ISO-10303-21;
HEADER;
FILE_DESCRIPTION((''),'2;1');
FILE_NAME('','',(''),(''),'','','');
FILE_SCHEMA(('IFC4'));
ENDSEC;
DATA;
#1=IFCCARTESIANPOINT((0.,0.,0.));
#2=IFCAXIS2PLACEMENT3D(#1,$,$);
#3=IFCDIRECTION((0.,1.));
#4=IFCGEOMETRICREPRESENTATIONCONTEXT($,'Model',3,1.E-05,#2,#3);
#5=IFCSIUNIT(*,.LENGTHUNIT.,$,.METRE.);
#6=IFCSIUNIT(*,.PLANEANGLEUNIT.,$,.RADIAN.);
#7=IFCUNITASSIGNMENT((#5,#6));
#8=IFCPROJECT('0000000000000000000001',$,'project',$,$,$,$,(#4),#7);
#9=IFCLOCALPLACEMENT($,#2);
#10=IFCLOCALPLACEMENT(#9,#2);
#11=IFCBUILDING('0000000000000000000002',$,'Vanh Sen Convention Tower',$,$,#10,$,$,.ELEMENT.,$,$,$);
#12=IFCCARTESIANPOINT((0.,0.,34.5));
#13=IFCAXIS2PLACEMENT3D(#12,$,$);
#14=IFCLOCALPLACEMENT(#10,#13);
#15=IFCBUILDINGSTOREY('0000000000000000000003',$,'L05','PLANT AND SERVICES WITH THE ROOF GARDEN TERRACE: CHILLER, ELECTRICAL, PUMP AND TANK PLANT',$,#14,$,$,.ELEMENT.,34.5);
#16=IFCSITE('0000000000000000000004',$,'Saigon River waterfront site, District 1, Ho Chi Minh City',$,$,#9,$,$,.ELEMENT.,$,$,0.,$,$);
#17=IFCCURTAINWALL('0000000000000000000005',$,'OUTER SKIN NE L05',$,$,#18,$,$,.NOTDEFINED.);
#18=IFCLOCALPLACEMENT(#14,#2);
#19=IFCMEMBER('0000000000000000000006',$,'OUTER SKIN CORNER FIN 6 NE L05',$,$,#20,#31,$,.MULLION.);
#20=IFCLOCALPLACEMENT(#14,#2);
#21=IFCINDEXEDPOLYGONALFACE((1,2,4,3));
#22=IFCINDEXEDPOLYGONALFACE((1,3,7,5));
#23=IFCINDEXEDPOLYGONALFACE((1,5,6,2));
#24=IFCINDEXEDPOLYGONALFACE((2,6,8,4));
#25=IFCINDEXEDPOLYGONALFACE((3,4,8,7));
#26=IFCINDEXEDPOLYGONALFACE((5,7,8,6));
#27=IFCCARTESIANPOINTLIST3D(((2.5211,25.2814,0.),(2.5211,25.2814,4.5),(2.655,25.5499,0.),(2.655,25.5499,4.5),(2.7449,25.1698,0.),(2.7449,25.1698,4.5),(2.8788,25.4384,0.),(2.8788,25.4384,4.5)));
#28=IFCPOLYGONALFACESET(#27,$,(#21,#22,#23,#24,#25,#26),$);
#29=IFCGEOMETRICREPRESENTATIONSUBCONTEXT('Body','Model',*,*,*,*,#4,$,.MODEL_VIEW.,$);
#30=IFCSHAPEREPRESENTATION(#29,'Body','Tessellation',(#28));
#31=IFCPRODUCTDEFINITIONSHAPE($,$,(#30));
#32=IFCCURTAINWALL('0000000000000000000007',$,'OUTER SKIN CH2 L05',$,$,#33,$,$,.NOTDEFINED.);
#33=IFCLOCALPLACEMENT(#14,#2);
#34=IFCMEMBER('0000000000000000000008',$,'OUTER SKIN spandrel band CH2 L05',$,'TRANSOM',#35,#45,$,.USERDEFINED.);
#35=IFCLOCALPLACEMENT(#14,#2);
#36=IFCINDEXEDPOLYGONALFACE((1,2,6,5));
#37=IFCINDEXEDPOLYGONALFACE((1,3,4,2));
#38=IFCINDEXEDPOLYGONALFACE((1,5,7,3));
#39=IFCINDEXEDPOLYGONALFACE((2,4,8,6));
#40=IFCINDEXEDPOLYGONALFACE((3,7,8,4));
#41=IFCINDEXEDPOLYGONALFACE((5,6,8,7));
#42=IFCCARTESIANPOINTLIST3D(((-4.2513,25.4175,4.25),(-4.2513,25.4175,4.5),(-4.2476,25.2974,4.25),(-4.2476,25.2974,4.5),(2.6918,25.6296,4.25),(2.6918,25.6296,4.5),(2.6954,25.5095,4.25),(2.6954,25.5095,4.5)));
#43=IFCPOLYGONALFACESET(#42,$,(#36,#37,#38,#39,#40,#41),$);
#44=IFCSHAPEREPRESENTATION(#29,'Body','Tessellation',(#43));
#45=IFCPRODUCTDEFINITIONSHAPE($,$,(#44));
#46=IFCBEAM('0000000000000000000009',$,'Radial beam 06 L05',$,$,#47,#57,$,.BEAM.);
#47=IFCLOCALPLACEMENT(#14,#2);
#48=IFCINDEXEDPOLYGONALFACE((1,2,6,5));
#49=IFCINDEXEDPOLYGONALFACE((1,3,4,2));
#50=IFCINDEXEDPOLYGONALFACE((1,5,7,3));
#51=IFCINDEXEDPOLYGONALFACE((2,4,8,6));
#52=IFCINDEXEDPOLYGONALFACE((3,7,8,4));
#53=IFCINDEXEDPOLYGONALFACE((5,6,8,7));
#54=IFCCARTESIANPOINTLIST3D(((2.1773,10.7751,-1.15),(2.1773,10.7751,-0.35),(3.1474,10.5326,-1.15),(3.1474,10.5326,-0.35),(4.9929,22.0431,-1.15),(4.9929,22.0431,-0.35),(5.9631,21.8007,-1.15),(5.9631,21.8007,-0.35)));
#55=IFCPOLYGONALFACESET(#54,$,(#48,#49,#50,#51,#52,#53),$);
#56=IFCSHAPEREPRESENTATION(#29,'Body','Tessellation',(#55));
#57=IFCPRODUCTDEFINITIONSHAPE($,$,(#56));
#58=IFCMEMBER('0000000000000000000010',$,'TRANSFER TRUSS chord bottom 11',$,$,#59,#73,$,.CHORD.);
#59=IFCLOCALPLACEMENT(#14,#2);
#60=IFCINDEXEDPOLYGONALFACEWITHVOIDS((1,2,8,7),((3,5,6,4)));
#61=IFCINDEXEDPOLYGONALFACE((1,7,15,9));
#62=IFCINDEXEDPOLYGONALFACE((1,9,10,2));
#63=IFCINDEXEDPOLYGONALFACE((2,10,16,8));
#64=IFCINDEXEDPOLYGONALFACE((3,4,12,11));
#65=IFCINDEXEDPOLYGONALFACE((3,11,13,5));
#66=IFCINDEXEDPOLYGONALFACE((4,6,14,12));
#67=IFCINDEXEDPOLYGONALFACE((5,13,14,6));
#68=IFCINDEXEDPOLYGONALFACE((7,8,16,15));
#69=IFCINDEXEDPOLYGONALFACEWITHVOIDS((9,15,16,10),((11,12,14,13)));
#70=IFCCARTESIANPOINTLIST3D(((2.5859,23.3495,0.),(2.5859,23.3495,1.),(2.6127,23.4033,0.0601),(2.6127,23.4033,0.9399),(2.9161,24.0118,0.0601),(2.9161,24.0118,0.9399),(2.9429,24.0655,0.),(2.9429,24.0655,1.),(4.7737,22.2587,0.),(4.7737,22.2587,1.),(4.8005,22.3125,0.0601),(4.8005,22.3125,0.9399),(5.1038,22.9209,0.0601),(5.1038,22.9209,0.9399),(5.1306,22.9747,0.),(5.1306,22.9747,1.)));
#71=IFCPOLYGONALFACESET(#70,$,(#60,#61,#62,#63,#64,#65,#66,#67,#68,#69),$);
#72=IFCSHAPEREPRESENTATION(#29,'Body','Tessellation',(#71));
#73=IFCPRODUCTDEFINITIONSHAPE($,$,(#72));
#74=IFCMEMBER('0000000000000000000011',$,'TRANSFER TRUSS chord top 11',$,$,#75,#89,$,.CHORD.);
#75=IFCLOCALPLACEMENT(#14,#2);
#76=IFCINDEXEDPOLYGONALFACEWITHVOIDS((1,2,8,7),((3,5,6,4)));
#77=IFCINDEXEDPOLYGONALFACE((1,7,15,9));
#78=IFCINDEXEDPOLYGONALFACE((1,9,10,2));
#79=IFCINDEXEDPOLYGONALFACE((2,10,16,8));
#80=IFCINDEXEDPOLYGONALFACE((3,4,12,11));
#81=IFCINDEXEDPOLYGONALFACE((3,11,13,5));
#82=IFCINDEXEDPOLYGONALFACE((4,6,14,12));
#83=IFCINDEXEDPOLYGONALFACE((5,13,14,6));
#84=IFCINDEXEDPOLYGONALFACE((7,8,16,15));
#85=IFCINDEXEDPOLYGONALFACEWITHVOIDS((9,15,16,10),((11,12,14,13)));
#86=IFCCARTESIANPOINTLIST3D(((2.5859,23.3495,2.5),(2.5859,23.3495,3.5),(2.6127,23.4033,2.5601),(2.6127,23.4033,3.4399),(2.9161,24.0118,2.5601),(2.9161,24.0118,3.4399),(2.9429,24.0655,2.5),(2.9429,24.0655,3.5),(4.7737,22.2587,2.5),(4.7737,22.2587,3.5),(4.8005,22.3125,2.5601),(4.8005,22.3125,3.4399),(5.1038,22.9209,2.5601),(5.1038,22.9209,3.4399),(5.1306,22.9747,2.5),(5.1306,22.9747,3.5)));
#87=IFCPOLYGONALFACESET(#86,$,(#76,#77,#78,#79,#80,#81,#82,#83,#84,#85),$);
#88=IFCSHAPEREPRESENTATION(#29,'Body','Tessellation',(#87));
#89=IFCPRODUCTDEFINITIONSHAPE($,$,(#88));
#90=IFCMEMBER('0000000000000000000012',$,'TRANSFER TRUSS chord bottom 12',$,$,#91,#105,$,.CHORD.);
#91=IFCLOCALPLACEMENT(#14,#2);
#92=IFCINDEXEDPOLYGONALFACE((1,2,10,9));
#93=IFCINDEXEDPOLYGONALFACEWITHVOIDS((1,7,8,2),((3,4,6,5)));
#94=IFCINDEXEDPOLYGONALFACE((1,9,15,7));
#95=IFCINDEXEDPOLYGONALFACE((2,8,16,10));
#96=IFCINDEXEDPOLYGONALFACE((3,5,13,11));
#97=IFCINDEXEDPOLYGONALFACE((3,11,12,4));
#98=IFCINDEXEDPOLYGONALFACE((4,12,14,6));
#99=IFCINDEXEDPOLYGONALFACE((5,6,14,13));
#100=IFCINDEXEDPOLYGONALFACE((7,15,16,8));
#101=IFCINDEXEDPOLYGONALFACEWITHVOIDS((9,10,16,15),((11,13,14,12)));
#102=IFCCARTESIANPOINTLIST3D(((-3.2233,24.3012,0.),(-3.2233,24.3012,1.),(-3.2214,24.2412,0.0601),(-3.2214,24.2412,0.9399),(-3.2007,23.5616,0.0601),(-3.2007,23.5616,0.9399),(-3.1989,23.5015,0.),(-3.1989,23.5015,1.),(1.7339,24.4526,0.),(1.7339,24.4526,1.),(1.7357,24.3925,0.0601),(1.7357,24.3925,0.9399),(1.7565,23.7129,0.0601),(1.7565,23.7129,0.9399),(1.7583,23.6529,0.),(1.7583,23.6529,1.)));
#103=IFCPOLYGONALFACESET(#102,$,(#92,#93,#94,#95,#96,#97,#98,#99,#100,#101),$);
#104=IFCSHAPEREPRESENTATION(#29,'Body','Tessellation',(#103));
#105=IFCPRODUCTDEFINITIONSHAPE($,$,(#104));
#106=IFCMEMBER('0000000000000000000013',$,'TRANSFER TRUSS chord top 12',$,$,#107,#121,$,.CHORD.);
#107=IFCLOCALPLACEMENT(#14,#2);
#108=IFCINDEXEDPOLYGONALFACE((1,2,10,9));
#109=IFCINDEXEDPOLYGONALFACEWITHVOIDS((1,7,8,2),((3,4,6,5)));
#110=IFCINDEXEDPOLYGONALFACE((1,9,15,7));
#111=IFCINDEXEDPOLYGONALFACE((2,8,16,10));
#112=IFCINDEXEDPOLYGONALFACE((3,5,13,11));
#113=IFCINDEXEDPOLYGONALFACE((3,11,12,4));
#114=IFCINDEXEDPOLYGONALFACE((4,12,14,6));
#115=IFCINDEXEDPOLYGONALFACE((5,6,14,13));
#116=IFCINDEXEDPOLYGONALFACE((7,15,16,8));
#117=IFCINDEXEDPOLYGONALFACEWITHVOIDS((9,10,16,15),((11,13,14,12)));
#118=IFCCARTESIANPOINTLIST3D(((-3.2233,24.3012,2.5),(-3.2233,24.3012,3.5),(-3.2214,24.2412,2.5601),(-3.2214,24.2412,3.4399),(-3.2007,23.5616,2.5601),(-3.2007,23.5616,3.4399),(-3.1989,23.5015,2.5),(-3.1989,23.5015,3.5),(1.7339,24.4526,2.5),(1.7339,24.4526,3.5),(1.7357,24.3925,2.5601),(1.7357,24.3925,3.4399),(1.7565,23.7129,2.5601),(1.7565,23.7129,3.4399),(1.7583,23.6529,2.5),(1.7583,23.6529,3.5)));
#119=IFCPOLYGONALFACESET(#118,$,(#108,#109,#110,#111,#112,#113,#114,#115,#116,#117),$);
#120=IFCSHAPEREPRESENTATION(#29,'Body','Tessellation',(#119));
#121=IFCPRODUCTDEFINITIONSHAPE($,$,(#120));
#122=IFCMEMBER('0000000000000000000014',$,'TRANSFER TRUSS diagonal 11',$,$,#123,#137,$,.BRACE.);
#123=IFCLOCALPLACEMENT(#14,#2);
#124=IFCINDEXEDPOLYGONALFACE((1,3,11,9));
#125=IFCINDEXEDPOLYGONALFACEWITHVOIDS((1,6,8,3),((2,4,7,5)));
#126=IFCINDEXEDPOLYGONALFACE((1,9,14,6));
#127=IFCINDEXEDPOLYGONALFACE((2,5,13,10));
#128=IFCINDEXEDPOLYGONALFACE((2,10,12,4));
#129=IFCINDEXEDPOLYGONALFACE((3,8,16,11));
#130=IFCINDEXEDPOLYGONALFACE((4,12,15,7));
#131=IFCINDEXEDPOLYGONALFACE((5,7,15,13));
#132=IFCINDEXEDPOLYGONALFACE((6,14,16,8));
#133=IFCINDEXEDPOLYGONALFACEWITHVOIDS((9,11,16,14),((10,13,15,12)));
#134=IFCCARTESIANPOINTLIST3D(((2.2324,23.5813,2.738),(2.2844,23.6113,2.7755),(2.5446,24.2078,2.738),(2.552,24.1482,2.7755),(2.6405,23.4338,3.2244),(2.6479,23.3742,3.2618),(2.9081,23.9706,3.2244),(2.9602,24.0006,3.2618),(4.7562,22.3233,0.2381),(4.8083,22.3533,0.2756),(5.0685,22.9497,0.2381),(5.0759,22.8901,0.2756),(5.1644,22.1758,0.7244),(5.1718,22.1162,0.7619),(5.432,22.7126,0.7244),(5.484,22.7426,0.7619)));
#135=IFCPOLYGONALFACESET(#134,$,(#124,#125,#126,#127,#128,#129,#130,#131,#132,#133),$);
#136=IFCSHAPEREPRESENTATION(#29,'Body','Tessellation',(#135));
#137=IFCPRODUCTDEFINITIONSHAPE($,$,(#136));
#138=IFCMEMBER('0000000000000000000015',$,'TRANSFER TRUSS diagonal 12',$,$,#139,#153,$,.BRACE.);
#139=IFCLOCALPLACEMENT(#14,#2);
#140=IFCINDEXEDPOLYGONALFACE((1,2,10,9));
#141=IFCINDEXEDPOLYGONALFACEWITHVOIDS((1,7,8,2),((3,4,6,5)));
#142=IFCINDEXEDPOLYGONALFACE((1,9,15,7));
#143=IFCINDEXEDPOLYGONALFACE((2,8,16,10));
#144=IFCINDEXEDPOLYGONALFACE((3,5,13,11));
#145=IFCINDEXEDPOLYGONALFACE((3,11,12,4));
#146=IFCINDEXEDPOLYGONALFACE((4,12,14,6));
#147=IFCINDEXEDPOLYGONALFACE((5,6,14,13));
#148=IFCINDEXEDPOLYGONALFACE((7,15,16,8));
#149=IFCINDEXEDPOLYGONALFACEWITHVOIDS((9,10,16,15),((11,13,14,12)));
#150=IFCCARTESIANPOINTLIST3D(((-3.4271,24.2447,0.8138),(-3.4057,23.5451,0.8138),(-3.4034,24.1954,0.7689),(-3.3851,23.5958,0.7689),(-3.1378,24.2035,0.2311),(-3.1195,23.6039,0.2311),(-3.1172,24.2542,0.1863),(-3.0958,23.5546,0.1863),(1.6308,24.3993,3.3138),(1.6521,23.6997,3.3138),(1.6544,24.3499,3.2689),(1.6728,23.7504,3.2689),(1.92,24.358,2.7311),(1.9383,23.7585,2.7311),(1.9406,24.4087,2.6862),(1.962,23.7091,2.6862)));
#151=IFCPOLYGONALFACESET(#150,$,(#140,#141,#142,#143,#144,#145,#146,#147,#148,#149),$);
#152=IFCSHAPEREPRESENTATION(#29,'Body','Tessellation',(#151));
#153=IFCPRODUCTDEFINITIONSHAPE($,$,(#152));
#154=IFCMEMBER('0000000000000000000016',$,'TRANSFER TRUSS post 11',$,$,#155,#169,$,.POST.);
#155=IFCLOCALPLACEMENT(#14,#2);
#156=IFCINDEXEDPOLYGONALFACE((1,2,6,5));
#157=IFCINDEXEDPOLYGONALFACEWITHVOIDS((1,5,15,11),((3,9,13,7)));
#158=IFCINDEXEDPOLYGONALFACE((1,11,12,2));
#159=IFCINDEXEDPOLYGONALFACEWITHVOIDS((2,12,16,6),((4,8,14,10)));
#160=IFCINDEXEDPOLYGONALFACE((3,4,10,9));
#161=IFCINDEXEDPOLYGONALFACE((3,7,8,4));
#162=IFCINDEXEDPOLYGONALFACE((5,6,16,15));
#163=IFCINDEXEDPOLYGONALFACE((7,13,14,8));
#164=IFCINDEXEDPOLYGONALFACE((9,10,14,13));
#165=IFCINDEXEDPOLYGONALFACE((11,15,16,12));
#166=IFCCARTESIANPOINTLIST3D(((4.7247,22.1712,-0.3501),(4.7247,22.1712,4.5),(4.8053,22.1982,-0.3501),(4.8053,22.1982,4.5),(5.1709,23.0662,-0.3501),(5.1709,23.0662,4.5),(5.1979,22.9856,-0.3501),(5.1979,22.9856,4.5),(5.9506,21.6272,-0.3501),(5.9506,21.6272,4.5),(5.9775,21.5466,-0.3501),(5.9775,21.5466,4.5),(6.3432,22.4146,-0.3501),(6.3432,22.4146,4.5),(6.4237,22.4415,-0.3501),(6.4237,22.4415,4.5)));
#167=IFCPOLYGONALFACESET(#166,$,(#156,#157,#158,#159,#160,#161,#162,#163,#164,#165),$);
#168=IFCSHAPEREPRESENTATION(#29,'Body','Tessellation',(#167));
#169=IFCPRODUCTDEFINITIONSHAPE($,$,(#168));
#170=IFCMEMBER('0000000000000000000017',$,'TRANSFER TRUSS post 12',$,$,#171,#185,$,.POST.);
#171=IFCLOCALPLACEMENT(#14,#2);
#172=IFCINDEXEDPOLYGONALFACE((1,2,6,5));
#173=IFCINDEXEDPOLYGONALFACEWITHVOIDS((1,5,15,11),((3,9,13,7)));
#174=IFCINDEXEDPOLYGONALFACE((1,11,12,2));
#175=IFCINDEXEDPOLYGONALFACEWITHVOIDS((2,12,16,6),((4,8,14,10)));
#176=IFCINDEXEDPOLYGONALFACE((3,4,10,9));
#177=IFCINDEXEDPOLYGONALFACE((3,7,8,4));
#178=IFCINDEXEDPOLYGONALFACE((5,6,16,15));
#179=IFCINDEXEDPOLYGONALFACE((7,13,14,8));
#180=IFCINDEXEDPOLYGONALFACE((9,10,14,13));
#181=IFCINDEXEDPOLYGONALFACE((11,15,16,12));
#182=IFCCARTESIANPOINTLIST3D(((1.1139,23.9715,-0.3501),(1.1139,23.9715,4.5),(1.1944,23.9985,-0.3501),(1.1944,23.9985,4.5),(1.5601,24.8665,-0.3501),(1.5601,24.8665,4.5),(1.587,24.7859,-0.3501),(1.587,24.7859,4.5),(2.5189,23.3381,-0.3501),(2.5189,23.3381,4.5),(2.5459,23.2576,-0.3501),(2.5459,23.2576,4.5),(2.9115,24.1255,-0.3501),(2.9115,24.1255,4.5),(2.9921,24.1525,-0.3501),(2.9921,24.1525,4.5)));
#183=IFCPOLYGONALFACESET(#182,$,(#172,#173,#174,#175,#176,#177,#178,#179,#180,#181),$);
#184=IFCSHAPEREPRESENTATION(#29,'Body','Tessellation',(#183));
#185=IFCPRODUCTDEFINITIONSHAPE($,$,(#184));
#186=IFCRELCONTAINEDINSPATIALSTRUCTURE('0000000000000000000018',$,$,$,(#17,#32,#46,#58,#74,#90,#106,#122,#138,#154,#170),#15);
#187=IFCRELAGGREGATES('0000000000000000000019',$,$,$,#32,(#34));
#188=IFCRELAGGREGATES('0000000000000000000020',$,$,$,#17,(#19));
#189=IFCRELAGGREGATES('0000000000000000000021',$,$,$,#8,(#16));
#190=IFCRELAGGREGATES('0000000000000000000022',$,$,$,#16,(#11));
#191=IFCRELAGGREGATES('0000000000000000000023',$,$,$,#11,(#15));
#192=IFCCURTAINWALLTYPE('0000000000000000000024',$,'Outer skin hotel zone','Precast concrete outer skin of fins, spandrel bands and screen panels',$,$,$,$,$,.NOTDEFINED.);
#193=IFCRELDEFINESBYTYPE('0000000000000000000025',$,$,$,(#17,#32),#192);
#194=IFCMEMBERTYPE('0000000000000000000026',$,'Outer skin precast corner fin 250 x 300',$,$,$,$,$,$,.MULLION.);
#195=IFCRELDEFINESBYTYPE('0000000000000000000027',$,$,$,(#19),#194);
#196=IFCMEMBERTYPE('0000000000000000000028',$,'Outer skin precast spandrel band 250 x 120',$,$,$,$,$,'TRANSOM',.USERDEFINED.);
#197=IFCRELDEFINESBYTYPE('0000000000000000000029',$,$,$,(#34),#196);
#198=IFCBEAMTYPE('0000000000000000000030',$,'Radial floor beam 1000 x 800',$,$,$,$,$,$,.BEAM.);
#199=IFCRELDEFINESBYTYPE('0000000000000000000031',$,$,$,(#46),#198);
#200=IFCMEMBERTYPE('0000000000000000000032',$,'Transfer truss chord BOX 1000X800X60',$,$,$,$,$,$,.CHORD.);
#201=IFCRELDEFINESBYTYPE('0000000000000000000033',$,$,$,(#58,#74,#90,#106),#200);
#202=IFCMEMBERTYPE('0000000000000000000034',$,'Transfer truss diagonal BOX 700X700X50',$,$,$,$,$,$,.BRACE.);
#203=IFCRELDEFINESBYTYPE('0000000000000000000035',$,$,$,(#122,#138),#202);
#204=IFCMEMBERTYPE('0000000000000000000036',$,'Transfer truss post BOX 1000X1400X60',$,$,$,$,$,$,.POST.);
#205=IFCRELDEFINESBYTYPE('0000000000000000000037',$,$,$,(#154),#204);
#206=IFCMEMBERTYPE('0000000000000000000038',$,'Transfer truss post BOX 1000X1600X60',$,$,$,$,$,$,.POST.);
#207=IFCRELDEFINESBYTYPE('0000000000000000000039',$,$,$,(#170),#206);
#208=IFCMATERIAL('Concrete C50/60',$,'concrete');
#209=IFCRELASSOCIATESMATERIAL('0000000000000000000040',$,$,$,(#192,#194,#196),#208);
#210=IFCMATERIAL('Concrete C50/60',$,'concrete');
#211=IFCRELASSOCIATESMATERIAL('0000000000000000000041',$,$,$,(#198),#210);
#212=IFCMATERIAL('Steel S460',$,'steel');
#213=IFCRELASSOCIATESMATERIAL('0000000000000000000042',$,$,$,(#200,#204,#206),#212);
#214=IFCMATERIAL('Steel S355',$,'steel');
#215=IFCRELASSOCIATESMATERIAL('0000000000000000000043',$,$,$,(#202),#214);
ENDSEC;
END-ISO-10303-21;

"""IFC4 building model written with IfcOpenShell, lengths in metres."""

from ifc_helpers import new_model, si_unit, direction, frame, origin, origin_2d, place, context, subcontext, project, spatial, rectangle, hollow_rectangle, extrude, material, material_profile, profile_set, type_object, element, aggregate, save


model = new_model("IFC4")

# Units and contexts
model_context = context("Model", 3, precision=1e-05, world=origin(), true_north=direction((0.0, 1.0)))
body_context = subcontext(model_context, "Body", "Model", "MODEL_VIEW")
ifc_project = project(units=[si_unit("LENGTHUNIT", "METRE"), si_unit("PLANEANGLEUNIT", "RADIAN")], contexts=[model_context])

# Site, building, storey
site_placement = place(None, origin())
site = spatial("IfcSite", under=ifc_project, at=site_placement, Name="Saigon River waterfront site, District 1, Ho Chi Minh City", CompositionType="ELEMENT", RefElevation=0.0)
building_placement = place(site_placement, origin())
building = spatial("IfcBuilding", under=site, at=building_placement, Name="Vanh Sen Convention Tower", CompositionType="ELEMENT")
storey_placement = place(building_placement, frame((0.0, 0.0, 34.5)))
storey = spatial("IfcBuildingStorey", under=building, at=storey_placement, Name="L05", Description="PLANT AND SERVICES WITH THE ROOF GARDEN TERRACE: CHILLER, ELECTRICAL, PUMP AND TANK PLANT", CompositionType="ELEMENT", Elevation=34.5)

# Curtain walls, members
ifc_material_1 = material(Name="Concrete C50/60", Category="concrete")
curtain_wall_type = type_object("IfcCurtainWallType", Name="Outer skin hotel zone", Description="Precast concrete outer skin of fins, spandrel bands and screen panels", PredefinedType="NOTDEFINED", material=ifc_material_1)
curtain_wall_1_placement = place(storey_placement, origin())
curtain_wall_1 = element("IfcCurtainWall", 1, at=curtain_wall_1_placement, inside=storey, type_object=curtain_wall_type, Name="OUTER SKIN NE L05", PredefinedType="NOTDEFINED")
ifc_material_profile_1 = material_profile(ifc_material_1, rectangle(XDim=0.25, YDim=0.3, at=origin_2d()), Name="Outer skin precast corner fin 250 x 300")
ifc_profile_set_1 = profile_set([ifc_material_profile_1], Name="Concrete C50/60")
member_type_1 = type_object("IfcMemberType", Name="Outer skin precast corner fin 250 x 300", PredefinedType="MULLION", material=ifc_profile_set_1)
member_1_placement = place(storey_placement, frame((2.7, 25.3599, 0.0), z_axis=(0.0, 0.0, 1.0), x_axis=(-0.894934, 0.446198, 0.0)))
member_1 = element("IfcMember", 2, at=member_1_placement, type_object=member_type_1, Name="OUTER SKIN CORNER FIN 6 NE L05", PredefinedType="MULLION", context=body_context, shape_type="SweptSolid", body=[
    extrude(rectangle(XDim=0.25, YDim=0.3, at=origin_2d()), origin(), (0.0, 0.0, 1.0), 4.5),
])
curtain_wall_2_placement = place(storey_placement, origin())
curtain_wall_2 = element("IfcCurtainWall", 3, at=curtain_wall_2_placement, inside=storey, type_object=curtain_wall_type, Name="OUTER SKIN CH2 L05", PredefinedType="NOTDEFINED")
ifc_material_profile_2 = material_profile(ifc_material_1, rectangle(XDim=0.1201, YDim=0.25, at=origin_2d()), Name="Outer skin precast spandrel band 250 x 120")
ifc_profile_set_2 = profile_set([ifc_material_profile_2], Name="Concrete C50/60")
member_type_2 = type_object("IfcMemberType", Name="Outer skin precast spandrel band 250 x 120", ElementType="TRANSOM", PredefinedType="USERDEFINED", material=ifc_profile_set_2)
member_2_placement = place(storey_placement, frame((2.6936, 25.5696, 4.375), z_axis=(-0.999533, -0.030542, 0.0), x_axis=(0.030542, -0.999533, 0.0)))
member_2 = element("IfcMember", 4, at=member_2_placement, type_object=member_type_2, Name="OUTER SKIN spandrel band CH2 L05", ObjectType="TRANSOM", PredefinedType="USERDEFINED", context=body_context, shape_type="SweptSolid", body=[
    extrude(rectangle(XDim=0.1201, YDim=0.25, at=origin_2d()), origin(), (0.0, 0.0, 1.0), 6.9463),
])
aggregate(curtain_wall_2, [member_2])

# Beam
ifc_material_2 = material(Name="Concrete C50/60", Category="concrete")
ifc_material_profile_3 = material_profile(ifc_material_2, rectangle(XDim=1.0, YDim=0.8, at=origin_2d()), Name="RC 1000X800")
ifc_profile_set_3 = profile_set([ifc_material_profile_3], Name="Concrete C50/60")
beam_type = type_object("IfcBeamType", Name="Radial floor beam 1000 x 800", PredefinedType="BEAM", material=ifc_profile_set_3)
beam_placement = place(storey_placement, frame((5.478, 21.9219, -0.75), z_axis=(-0.242427, -0.97017, 0.0), x_axis=(0.97017, -0.242427, 0.0)))
element("IfcBeam", 5, at=beam_placement, inside=storey, type_object=beam_type, Name="Radial beam 06 L05", PredefinedType="BEAM", context=body_context, shape_type="SweptSolid", body=[
    extrude(rectangle(XDim=1.0, YDim=0.8, at=origin_2d()), origin(), (0.0, 0.0, 1.0), 11.6145),
])

# Members
ifc_material_3 = material(Name="Steel S460", Category="steel")
ifc_material_profile_4 = material_profile(ifc_material_3, hollow_rectangle(XDim=0.8, YDim=1.0, WallThickness=0.0601, at=origin_2d()), Name="BOX 1000X800X60")
ifc_profile_set_4 = profile_set([ifc_material_profile_4], Name="Steel S460")
member_type_3 = type_object("IfcMemberType", Name="Transfer truss chord BOX 1000X800X60", PredefinedType="CHORD", material=ifc_profile_set_4)
for number, where, z_axis, x_axis, name in (
    (6, (4.9521, 22.6167, 0.5), (-0.894926, 0.446215, 0.0), (-0.446215, -0.894926, 0.0), "TRANSFER TRUSS chord bottom 11"),
    (7, (4.9521, 22.6167, 3.0), (-0.894926, 0.446215, 0.0), (-0.446215, -0.894926, 0.0), "TRANSFER TRUSS chord top 11"),
):
    element("IfcMember", number, at=place(storey_placement, frame(where, z_axis=z_axis, x_axis=x_axis)), inside=storey, type_object=member_type_3, Name=name, PredefinedType="CHORD", context=body_context, shape_type="SweptSolid", body=[
        extrude(hollow_rectangle(XDim=0.8, YDim=1.0, WallThickness=0.0601, at=origin_2d()), origin(), (0.0, 0.0, 1.0), 2.4446),
    ])
for number, where, z_axis, x_axis, name in (
    (8, (1.7461, 24.0527, 0.5), (-0.999534, -0.03052, 0.0), (0.03052, -0.999534, 0.0), "TRANSFER TRUSS chord bottom 12"),
    (9, (1.7461, 24.0527, 3.0), (-0.999534, -0.03052, 0.0), (0.03052, -0.999534, 0.0), "TRANSFER TRUSS chord top 12"),
):
    element("IfcMember", number, at=place(storey_placement, frame(where, z_axis=z_axis, x_axis=x_axis)), inside=storey, type_object=member_type_3, Name=name, PredefinedType="CHORD", context=body_context, shape_type="SweptSolid", body=[
        extrude(hollow_rectangle(XDim=0.8, YDim=1.0, WallThickness=0.0601, at=origin_2d()), origin(), (0.0, 0.0, 1.0), 4.9595),
    ])
ifc_material_4 = material(Name="Steel S355", Category="steel")
ifc_material_profile_5 = material_profile(ifc_material_4, hollow_rectangle(XDim=0.7, YDim=0.7, WallThickness=0.05, at=origin_2d()), Name="BOX 700X700X50")
ifc_profile_set_5 = profile_set([ifc_material_profile_5], Name="Steel S355")
member_type_4 = type_object("IfcMemberType", Name="Transfer truss diagonal BOX 700X700X50", PredefinedType="BRACE", material=ifc_profile_set_5)
member_3_placement = place(storey_placement, frame((5.1201, 22.533, 0.5), z_axis=(-0.669712, 0.333819, 0.663363), x_axis=(-0.446105, -0.894981, 0.0)))
element("IfcMember", 10, at=member_3_placement, inside=storey, type_object=member_type_4, Name="TRANSFER TRUSS diagonal 11", PredefinedType="BRACE", context=body_context, shape_type="SweptSolid", body=[
    extrude(hollow_rectangle(XDim=0.7, YDim=0.7, WallThickness=0.05, at=origin_2d()), origin(), (0.0, 0.0, 1.0), 3.7686),
])
member_4_placement = place(storey_placement, frame((1.7964, 24.0542, 3.0), z_axis=(-0.896133, -0.027381, -0.442941), x_axis=(0.03054, -0.999534, 0.0)))
element("IfcMember", 11, at=member_4_placement, inside=storey, type_object=member_type_4, Name="TRANSFER TRUSS diagonal 12", PredefinedType="BRACE", context=body_context, shape_type="SweptSolid", body=[
    extrude(hollow_rectangle(XDim=0.7, YDim=0.7, WallThickness=0.05, at=origin_2d()), origin(), (0.0, 0.0, 1.0), 5.644),
])
ifc_material_profile_6 = material_profile(ifc_material_3, hollow_rectangle(XDim=1.3999, YDim=1.0, WallThickness=0.0601, at=origin_2d()), Name="BOX 1000X1400X60")
ifc_profile_set_6 = profile_set([ifc_material_profile_6], Name="Steel S460")
member_type_5 = type_object("IfcMemberType", Name="Transfer truss post BOX 1000X1400X60", PredefinedType="POST", material=ifc_profile_set_6)
member_5_placement = place(storey_placement, frame((5.5742, 22.3064, -0.3501), z_axis=(0.0, 0.0, 1.0), x_axis=(-0.894934, 0.446198, 0.0)))
element("IfcMember", 12, at=member_5_placement, inside=storey, type_object=member_type_5, Name="TRANSFER TRUSS post 11", PredefinedType="POST", context=body_context, shape_type="SweptSolid", body=[
    extrude(hollow_rectangle(XDim=1.3999, YDim=1.0, WallThickness=0.0601, at=origin_2d()), origin(), (0.0, 0.0, 1.0), 4.8501),
])
ifc_material_profile_7 = material_profile(ifc_material_3, hollow_rectangle(XDim=1.6001, YDim=1.0, WallThickness=0.0601, at=origin_2d()), Name="BOX 1000X1600X60")
ifc_profile_set_7 = profile_set([ifc_material_profile_7], Name="Steel S460")
member_type_6 = type_object("IfcMemberType", Name="Transfer truss post BOX 1000X1600X60", PredefinedType="POST", material=ifc_profile_set_7)
member_6_placement = place(storey_placement, frame((2.053, 24.062, -0.3501), z_axis=(0.0, 0.0, 1.0), x_axis=(-0.894934, 0.446198, 0.0)))
element("IfcMember", 13, at=member_6_placement, inside=storey, type_object=member_type_6, Name="TRANSFER TRUSS post 12", PredefinedType="POST", context=body_context, shape_type="SweptSolid", body=[
    extrude(hollow_rectangle(XDim=1.6001, YDim=1.0, WallThickness=0.0601, at=origin_2d()), origin(), (0.0, 0.0, 1.0), 4.8501),
])

aggregate(curtain_wall_1, [member_1])

save(model, "model.ifc")
